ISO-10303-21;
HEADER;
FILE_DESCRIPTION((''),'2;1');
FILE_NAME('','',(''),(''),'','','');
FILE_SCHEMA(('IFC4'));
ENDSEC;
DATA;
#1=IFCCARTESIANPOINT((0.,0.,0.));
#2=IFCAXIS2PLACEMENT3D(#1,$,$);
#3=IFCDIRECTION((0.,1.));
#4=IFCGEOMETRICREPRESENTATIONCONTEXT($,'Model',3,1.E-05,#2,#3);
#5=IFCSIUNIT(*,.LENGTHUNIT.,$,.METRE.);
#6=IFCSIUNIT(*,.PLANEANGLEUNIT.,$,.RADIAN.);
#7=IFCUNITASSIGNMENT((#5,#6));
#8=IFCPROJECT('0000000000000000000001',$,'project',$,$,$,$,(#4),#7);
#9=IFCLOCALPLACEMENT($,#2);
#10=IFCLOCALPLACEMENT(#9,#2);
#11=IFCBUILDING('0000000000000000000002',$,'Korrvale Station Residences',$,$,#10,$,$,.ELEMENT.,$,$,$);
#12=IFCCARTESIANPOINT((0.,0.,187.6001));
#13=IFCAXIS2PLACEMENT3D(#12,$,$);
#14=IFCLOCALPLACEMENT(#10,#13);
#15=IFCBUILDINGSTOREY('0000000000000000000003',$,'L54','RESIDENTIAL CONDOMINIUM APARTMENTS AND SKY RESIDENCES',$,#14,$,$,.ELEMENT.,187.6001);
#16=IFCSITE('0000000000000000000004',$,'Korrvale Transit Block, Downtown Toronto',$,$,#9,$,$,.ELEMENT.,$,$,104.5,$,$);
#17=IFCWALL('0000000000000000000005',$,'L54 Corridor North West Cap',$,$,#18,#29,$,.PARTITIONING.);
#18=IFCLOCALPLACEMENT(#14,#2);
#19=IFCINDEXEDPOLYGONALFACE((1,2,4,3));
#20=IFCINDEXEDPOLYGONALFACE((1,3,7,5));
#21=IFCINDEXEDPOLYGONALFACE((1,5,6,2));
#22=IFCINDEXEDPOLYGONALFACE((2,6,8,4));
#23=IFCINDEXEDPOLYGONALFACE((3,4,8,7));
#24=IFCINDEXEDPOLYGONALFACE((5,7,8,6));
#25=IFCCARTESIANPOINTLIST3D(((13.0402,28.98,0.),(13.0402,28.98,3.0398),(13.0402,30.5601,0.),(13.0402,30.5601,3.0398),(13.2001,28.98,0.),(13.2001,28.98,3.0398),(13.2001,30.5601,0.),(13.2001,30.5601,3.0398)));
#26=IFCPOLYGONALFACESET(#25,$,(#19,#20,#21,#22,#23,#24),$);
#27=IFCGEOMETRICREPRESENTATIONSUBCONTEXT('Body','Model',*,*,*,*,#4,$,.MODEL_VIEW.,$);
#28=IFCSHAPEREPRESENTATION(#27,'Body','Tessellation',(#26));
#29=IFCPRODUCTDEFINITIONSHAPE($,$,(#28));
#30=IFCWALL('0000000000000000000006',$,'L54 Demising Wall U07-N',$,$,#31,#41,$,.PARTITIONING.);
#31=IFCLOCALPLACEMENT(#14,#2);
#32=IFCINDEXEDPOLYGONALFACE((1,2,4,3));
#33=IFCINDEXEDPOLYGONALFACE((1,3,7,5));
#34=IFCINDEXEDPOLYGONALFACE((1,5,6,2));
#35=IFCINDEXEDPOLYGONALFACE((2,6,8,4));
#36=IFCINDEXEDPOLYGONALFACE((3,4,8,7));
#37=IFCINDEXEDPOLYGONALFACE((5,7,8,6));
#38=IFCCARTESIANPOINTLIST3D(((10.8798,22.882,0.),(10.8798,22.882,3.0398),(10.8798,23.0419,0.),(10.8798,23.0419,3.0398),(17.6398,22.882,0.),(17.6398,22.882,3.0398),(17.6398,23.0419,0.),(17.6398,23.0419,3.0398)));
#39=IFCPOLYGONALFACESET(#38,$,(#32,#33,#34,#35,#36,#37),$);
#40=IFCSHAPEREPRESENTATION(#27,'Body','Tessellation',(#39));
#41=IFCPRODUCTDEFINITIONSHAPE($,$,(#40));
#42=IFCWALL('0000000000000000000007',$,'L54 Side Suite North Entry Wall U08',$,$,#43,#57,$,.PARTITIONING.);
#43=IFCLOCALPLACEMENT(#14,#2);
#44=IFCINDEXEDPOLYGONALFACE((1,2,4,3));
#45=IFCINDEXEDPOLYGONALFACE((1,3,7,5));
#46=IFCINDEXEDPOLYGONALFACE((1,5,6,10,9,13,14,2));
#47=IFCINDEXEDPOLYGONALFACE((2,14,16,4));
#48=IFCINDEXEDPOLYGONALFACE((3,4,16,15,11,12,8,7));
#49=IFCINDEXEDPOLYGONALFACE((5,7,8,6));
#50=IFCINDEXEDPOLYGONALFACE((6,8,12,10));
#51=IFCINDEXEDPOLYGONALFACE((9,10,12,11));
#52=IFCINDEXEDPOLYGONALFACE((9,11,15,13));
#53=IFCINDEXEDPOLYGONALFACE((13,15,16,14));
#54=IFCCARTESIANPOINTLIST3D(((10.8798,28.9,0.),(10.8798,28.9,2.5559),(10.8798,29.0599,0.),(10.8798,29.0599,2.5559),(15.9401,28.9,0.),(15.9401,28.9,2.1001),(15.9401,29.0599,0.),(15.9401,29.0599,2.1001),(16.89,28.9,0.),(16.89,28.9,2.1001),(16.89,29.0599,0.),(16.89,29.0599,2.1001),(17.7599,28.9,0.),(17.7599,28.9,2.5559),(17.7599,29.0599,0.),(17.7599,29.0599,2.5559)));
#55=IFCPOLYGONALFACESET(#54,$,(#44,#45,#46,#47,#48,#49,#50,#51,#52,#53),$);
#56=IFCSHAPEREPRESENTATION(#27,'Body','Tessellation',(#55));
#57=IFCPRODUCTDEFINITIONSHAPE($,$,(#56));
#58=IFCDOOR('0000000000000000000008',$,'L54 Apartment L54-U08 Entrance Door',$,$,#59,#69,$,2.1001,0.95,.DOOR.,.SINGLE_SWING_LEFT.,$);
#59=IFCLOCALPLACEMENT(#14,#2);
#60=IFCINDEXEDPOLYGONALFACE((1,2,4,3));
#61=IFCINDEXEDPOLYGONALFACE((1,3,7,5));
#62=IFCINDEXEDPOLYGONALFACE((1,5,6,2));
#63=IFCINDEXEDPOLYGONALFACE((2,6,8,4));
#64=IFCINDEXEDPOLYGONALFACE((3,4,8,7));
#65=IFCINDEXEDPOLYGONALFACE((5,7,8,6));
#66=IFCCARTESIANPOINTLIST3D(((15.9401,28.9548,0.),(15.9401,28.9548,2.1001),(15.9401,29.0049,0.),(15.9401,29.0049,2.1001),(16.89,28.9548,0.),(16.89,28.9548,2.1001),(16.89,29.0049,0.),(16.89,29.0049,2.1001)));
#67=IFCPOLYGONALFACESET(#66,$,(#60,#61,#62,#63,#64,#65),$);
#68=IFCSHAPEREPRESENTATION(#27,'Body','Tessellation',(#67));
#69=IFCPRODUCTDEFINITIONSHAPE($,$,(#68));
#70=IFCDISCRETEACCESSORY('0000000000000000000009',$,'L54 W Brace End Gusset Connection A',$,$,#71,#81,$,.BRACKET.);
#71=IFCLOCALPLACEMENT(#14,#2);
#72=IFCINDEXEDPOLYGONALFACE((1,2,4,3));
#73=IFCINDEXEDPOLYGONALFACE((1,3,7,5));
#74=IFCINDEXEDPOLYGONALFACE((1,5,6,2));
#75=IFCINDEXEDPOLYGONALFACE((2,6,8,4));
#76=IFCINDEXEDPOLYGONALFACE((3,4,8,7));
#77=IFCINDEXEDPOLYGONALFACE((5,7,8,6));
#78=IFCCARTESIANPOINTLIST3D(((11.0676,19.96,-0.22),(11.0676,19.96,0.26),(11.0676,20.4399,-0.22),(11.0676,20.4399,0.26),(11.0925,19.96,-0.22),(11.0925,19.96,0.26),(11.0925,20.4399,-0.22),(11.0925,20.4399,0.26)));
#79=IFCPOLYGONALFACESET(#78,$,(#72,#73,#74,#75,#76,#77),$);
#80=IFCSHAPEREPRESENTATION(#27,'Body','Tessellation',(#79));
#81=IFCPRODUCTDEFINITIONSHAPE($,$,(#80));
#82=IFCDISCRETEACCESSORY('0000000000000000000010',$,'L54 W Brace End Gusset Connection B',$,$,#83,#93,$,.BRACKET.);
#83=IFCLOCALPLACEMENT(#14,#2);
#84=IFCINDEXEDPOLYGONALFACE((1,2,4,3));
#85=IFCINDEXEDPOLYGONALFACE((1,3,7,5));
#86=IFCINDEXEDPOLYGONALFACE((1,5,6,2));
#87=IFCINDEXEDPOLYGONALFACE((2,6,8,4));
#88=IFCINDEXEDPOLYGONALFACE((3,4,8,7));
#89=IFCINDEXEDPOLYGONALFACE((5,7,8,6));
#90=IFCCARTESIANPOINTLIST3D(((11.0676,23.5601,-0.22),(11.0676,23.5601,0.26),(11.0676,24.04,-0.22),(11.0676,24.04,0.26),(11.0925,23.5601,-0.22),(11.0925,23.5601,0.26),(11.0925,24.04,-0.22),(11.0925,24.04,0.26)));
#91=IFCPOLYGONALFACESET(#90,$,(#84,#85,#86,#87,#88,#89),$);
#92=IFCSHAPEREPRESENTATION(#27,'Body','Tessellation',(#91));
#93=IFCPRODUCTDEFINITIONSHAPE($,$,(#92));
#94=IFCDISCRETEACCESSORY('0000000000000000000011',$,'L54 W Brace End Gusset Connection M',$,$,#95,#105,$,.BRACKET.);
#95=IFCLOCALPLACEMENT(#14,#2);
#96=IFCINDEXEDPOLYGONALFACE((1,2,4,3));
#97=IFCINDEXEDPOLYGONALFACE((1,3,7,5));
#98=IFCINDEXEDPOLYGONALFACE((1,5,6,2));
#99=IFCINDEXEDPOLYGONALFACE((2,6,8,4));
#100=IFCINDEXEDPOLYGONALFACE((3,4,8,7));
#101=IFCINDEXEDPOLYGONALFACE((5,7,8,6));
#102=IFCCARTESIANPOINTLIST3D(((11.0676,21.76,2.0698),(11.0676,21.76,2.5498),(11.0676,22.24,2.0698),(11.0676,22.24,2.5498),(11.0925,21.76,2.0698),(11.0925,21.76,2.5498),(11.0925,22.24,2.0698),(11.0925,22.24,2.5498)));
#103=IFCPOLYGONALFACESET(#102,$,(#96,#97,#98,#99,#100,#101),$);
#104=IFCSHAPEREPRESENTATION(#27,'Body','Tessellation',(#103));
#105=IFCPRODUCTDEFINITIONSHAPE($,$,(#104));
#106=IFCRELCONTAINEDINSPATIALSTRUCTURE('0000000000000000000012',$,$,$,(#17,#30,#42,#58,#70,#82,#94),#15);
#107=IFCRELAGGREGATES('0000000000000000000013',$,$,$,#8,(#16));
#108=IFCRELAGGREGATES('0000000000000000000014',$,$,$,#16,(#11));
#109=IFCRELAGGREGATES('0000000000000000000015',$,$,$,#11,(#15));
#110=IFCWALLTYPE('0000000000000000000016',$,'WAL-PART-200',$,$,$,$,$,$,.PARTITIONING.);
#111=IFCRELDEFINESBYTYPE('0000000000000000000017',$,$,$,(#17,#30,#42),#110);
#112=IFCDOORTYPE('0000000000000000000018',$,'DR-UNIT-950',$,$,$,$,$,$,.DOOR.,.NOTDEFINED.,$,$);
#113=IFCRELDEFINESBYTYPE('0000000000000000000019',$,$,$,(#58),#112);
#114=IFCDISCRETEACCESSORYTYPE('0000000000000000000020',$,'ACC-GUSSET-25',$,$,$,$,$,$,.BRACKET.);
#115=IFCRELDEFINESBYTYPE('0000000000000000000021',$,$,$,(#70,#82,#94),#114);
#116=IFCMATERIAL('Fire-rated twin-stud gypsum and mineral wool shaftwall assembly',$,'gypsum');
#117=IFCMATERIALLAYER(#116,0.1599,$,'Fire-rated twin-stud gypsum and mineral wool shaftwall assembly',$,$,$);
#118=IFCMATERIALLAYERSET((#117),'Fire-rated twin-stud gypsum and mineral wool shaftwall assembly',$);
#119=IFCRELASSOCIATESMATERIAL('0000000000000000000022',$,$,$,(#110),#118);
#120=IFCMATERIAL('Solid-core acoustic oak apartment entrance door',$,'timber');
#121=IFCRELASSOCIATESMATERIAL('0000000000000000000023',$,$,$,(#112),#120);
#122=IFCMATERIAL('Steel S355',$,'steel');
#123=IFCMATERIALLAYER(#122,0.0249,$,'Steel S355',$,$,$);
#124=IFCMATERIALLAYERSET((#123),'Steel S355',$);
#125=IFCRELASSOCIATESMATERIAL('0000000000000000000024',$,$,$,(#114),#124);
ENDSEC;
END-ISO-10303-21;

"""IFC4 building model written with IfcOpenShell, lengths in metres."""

from ifc_helpers import new_model, si_unit, direction, frame, frame_2d, origin, origin_2d, place, context, subcontext, project, spatial, rectangle, extrude, material, layer, layer_set, type_object, element, fill, save


model = new_model("IFC4")

# Units and contexts
model_context = context("Model", 3, precision=1e-05, world=origin(), true_north=direction((0.0, 1.0)))
body_context = subcontext(model_context, "Body", "Model", "MODEL_VIEW")
ifc_project = project(units=[si_unit("LENGTHUNIT", "METRE"), si_unit("PLANEANGLEUNIT", "RADIAN")], contexts=[model_context])

# Site, building, storey
site_placement = place(None, origin())
site = spatial("IfcSite", under=ifc_project, at=site_placement, Name="Korrvale Transit Block, Downtown Toronto", CompositionType="ELEMENT", RefElevation=104.5)
building_placement = place(site_placement, origin())
building = spatial("IfcBuilding", under=site, at=building_placement, Name="Korrvale Station Residences", CompositionType="ELEMENT")
storey_placement = place(building_placement, frame((0.0, 0.0, 187.6001)))
storey = spatial("IfcBuildingStorey", under=building, at=storey_placement, Name="L54", Description="RESIDENTIAL CONDOMINIUM APARTMENTS AND SKY RESIDENCES", CompositionType="ELEMENT", Elevation=187.6001)

# Shared definitions
ifc_material_1 = material(Name="Steel S355", Category="steel")

# Walls
ifc_material_2 = material(Name="Fire-rated twin-stud gypsum and mineral wool shaftwall assembly", Category="gypsum")
ifc_layer_1 = layer(ifc_material_2, 0.1599, Name="Fire-rated twin-stud gypsum and mineral wool shaftwall assembly")
ifc_layer_set_1 = layer_set([ifc_layer_1], Name="Fire-rated twin-stud gypsum and mineral wool shaftwall assembly")
wall_type_1 = type_object("IfcWallType", Name="WAL-PART-200", PredefinedType="PARTITIONING", material=ifc_layer_set_1)
wall_1_placement = place(storey_placement, frame((13.1201, 28.98, 0.0), z_axis=(0.0, 0.0, 1.0), x_axis=(0.0, 1.0, 0.0)))
element("IfcWall", 1, at=wall_1_placement, inside=storey, type_object=wall_type_1, Name="L54 Corridor North West Cap", PredefinedType="PARTITIONING", context=body_context, shape_type="SweptSolid", body=[
    extrude(rectangle(XDim=1.5801, YDim=0.1599, at=frame_2d((0.79, 0.0))), origin(), (0.0, 0.0, 1.0), 3.0398),
])
wall_2_placement = place(storey_placement, frame((10.8799, 22.9619, 0.0), z_axis=(0.0, 0.0, 1.0), x_axis=(1.0, 0.0, 0.0)))
element("IfcWall", 2, at=wall_2_placement, inside=storey, type_object=wall_type_1, Name="L54 Demising Wall U07-N", PredefinedType="PARTITIONING", context=body_context, shape_type="SweptSolid", body=[
    extrude(rectangle(XDim=6.76, YDim=0.1599, at=frame_2d((3.3799, 0.0))), origin(), (0.0, 0.0, 1.0), 3.0398),
])

# Wall, opening, door
wall_3_placement = place(storey_placement, frame((10.8799, 28.98, 0.0), z_axis=(0.0, 0.0, 1.0), x_axis=(1.0, 0.0, 0.0)))
wall_3 = element("IfcWall", 3, at=wall_3_placement, inside=storey, type_object=wall_type_1, Name="L54 Side Suite North Entry Wall U08", PredefinedType="PARTITIONING", context=body_context, shape_type="SweptSolid", body=[
    extrude(rectangle(XDim=6.8801, YDim=0.1599, at=frame_2d((3.4399, 0.0))), origin(), (0.0, 0.0, 1.0), 2.5559),
])
opening_1_placement = place(wall_3_placement, frame((5.0601, 0.0, 0.0)))
opening_1 = element("IfcOpeningElement", 4, at=opening_1_placement, cuts=wall_3, PredefinedType="OPENING", context=body_context, shape_type="SweptSolid", body=[
    extrude(rectangle(XDim=0.95, YDim=2.1001, at=frame_2d((0.4751, 1.05))), frame((0.0, 0.0898, 0.0), z_axis=(0.0, -1.0, 0.0), x_axis=(1.0, 0.0, 0.0)), (0.0, 0.0, 1.0), 0.1799),
])
ifc_material_3 = material(Name="Solid-core acoustic oak apartment entrance door", Category="timber")
door_type_1 = type_object("IfcDoorType", Name="DR-UNIT-950", OperationType="NOTDEFINED", PredefinedType="DOOR", material=ifc_material_3)
door_1_placement = place(opening_1_placement, origin())
door_1 = element("IfcDoor", 5, at=door_1_placement, inside=storey, type_object=door_type_1, Name="L54 Apartment L54-U08 Entrance Door", OperationType="SINGLE_SWING_LEFT", OverallHeight=2.1001, OverallWidth=0.95, PredefinedType="DOOR", context=body_context, shape_type="SweptSolid", body=[
    extrude(rectangle(XDim=0.95, YDim=2.1001, at=frame_2d((0.4751, 1.05))), frame((0.0, 0.0249, 0.0), z_axis=(0.0, -1.0, 0.0), x_axis=(1.0, 0.0, 0.0)), (0.0, 0.0, 1.0), 0.05),
])
fill(opening_1, door_1)

# Discrete accessories
ifc_layer_2 = layer(ifc_material_1, 0.0249, Name="Steel S355")
ifc_layer_set_2 = layer_set([ifc_layer_2], Name="Steel S355")
discrete_accessory_type = type_object("IfcDiscreteAccessoryType", Name="ACC-GUSSET-25", PredefinedType="BRACKET", material=ifc_layer_set_2)
for number, where, z_axis, x_axis, name in (
    (6, (11.0801, 20.2, -0.22), (0.0, 0.0, 1.0), (0.0, 1.0, 0.0), "L54 W Brace End Gusset Connection A"),
    (7, (11.0801, 23.8, -0.22), (0.0, 0.0, 1.0), (0.0, 1.0, 0.0), "L54 W Brace End Gusset Connection B"),
    (8, (11.0801, 22.0, 2.0698), (0.0, 0.0, 1.0), (0.0, 1.0, 0.0), "L54 W Brace End Gusset Connection M"),
):
    element("IfcDiscreteAccessory", number, at=place(storey_placement, frame(where, z_axis=z_axis, x_axis=x_axis)), inside=storey, type_object=discrete_accessory_type, Name=name, PredefinedType="BRACKET", context=body_context, shape_type="SweptSolid", body=[
        extrude(rectangle(XDim=0.48, YDim=0.0249, at=origin_2d()), origin(), (0.0, 0.0, 1.0), 0.48),
    ])

save(model, "model.ifc")
